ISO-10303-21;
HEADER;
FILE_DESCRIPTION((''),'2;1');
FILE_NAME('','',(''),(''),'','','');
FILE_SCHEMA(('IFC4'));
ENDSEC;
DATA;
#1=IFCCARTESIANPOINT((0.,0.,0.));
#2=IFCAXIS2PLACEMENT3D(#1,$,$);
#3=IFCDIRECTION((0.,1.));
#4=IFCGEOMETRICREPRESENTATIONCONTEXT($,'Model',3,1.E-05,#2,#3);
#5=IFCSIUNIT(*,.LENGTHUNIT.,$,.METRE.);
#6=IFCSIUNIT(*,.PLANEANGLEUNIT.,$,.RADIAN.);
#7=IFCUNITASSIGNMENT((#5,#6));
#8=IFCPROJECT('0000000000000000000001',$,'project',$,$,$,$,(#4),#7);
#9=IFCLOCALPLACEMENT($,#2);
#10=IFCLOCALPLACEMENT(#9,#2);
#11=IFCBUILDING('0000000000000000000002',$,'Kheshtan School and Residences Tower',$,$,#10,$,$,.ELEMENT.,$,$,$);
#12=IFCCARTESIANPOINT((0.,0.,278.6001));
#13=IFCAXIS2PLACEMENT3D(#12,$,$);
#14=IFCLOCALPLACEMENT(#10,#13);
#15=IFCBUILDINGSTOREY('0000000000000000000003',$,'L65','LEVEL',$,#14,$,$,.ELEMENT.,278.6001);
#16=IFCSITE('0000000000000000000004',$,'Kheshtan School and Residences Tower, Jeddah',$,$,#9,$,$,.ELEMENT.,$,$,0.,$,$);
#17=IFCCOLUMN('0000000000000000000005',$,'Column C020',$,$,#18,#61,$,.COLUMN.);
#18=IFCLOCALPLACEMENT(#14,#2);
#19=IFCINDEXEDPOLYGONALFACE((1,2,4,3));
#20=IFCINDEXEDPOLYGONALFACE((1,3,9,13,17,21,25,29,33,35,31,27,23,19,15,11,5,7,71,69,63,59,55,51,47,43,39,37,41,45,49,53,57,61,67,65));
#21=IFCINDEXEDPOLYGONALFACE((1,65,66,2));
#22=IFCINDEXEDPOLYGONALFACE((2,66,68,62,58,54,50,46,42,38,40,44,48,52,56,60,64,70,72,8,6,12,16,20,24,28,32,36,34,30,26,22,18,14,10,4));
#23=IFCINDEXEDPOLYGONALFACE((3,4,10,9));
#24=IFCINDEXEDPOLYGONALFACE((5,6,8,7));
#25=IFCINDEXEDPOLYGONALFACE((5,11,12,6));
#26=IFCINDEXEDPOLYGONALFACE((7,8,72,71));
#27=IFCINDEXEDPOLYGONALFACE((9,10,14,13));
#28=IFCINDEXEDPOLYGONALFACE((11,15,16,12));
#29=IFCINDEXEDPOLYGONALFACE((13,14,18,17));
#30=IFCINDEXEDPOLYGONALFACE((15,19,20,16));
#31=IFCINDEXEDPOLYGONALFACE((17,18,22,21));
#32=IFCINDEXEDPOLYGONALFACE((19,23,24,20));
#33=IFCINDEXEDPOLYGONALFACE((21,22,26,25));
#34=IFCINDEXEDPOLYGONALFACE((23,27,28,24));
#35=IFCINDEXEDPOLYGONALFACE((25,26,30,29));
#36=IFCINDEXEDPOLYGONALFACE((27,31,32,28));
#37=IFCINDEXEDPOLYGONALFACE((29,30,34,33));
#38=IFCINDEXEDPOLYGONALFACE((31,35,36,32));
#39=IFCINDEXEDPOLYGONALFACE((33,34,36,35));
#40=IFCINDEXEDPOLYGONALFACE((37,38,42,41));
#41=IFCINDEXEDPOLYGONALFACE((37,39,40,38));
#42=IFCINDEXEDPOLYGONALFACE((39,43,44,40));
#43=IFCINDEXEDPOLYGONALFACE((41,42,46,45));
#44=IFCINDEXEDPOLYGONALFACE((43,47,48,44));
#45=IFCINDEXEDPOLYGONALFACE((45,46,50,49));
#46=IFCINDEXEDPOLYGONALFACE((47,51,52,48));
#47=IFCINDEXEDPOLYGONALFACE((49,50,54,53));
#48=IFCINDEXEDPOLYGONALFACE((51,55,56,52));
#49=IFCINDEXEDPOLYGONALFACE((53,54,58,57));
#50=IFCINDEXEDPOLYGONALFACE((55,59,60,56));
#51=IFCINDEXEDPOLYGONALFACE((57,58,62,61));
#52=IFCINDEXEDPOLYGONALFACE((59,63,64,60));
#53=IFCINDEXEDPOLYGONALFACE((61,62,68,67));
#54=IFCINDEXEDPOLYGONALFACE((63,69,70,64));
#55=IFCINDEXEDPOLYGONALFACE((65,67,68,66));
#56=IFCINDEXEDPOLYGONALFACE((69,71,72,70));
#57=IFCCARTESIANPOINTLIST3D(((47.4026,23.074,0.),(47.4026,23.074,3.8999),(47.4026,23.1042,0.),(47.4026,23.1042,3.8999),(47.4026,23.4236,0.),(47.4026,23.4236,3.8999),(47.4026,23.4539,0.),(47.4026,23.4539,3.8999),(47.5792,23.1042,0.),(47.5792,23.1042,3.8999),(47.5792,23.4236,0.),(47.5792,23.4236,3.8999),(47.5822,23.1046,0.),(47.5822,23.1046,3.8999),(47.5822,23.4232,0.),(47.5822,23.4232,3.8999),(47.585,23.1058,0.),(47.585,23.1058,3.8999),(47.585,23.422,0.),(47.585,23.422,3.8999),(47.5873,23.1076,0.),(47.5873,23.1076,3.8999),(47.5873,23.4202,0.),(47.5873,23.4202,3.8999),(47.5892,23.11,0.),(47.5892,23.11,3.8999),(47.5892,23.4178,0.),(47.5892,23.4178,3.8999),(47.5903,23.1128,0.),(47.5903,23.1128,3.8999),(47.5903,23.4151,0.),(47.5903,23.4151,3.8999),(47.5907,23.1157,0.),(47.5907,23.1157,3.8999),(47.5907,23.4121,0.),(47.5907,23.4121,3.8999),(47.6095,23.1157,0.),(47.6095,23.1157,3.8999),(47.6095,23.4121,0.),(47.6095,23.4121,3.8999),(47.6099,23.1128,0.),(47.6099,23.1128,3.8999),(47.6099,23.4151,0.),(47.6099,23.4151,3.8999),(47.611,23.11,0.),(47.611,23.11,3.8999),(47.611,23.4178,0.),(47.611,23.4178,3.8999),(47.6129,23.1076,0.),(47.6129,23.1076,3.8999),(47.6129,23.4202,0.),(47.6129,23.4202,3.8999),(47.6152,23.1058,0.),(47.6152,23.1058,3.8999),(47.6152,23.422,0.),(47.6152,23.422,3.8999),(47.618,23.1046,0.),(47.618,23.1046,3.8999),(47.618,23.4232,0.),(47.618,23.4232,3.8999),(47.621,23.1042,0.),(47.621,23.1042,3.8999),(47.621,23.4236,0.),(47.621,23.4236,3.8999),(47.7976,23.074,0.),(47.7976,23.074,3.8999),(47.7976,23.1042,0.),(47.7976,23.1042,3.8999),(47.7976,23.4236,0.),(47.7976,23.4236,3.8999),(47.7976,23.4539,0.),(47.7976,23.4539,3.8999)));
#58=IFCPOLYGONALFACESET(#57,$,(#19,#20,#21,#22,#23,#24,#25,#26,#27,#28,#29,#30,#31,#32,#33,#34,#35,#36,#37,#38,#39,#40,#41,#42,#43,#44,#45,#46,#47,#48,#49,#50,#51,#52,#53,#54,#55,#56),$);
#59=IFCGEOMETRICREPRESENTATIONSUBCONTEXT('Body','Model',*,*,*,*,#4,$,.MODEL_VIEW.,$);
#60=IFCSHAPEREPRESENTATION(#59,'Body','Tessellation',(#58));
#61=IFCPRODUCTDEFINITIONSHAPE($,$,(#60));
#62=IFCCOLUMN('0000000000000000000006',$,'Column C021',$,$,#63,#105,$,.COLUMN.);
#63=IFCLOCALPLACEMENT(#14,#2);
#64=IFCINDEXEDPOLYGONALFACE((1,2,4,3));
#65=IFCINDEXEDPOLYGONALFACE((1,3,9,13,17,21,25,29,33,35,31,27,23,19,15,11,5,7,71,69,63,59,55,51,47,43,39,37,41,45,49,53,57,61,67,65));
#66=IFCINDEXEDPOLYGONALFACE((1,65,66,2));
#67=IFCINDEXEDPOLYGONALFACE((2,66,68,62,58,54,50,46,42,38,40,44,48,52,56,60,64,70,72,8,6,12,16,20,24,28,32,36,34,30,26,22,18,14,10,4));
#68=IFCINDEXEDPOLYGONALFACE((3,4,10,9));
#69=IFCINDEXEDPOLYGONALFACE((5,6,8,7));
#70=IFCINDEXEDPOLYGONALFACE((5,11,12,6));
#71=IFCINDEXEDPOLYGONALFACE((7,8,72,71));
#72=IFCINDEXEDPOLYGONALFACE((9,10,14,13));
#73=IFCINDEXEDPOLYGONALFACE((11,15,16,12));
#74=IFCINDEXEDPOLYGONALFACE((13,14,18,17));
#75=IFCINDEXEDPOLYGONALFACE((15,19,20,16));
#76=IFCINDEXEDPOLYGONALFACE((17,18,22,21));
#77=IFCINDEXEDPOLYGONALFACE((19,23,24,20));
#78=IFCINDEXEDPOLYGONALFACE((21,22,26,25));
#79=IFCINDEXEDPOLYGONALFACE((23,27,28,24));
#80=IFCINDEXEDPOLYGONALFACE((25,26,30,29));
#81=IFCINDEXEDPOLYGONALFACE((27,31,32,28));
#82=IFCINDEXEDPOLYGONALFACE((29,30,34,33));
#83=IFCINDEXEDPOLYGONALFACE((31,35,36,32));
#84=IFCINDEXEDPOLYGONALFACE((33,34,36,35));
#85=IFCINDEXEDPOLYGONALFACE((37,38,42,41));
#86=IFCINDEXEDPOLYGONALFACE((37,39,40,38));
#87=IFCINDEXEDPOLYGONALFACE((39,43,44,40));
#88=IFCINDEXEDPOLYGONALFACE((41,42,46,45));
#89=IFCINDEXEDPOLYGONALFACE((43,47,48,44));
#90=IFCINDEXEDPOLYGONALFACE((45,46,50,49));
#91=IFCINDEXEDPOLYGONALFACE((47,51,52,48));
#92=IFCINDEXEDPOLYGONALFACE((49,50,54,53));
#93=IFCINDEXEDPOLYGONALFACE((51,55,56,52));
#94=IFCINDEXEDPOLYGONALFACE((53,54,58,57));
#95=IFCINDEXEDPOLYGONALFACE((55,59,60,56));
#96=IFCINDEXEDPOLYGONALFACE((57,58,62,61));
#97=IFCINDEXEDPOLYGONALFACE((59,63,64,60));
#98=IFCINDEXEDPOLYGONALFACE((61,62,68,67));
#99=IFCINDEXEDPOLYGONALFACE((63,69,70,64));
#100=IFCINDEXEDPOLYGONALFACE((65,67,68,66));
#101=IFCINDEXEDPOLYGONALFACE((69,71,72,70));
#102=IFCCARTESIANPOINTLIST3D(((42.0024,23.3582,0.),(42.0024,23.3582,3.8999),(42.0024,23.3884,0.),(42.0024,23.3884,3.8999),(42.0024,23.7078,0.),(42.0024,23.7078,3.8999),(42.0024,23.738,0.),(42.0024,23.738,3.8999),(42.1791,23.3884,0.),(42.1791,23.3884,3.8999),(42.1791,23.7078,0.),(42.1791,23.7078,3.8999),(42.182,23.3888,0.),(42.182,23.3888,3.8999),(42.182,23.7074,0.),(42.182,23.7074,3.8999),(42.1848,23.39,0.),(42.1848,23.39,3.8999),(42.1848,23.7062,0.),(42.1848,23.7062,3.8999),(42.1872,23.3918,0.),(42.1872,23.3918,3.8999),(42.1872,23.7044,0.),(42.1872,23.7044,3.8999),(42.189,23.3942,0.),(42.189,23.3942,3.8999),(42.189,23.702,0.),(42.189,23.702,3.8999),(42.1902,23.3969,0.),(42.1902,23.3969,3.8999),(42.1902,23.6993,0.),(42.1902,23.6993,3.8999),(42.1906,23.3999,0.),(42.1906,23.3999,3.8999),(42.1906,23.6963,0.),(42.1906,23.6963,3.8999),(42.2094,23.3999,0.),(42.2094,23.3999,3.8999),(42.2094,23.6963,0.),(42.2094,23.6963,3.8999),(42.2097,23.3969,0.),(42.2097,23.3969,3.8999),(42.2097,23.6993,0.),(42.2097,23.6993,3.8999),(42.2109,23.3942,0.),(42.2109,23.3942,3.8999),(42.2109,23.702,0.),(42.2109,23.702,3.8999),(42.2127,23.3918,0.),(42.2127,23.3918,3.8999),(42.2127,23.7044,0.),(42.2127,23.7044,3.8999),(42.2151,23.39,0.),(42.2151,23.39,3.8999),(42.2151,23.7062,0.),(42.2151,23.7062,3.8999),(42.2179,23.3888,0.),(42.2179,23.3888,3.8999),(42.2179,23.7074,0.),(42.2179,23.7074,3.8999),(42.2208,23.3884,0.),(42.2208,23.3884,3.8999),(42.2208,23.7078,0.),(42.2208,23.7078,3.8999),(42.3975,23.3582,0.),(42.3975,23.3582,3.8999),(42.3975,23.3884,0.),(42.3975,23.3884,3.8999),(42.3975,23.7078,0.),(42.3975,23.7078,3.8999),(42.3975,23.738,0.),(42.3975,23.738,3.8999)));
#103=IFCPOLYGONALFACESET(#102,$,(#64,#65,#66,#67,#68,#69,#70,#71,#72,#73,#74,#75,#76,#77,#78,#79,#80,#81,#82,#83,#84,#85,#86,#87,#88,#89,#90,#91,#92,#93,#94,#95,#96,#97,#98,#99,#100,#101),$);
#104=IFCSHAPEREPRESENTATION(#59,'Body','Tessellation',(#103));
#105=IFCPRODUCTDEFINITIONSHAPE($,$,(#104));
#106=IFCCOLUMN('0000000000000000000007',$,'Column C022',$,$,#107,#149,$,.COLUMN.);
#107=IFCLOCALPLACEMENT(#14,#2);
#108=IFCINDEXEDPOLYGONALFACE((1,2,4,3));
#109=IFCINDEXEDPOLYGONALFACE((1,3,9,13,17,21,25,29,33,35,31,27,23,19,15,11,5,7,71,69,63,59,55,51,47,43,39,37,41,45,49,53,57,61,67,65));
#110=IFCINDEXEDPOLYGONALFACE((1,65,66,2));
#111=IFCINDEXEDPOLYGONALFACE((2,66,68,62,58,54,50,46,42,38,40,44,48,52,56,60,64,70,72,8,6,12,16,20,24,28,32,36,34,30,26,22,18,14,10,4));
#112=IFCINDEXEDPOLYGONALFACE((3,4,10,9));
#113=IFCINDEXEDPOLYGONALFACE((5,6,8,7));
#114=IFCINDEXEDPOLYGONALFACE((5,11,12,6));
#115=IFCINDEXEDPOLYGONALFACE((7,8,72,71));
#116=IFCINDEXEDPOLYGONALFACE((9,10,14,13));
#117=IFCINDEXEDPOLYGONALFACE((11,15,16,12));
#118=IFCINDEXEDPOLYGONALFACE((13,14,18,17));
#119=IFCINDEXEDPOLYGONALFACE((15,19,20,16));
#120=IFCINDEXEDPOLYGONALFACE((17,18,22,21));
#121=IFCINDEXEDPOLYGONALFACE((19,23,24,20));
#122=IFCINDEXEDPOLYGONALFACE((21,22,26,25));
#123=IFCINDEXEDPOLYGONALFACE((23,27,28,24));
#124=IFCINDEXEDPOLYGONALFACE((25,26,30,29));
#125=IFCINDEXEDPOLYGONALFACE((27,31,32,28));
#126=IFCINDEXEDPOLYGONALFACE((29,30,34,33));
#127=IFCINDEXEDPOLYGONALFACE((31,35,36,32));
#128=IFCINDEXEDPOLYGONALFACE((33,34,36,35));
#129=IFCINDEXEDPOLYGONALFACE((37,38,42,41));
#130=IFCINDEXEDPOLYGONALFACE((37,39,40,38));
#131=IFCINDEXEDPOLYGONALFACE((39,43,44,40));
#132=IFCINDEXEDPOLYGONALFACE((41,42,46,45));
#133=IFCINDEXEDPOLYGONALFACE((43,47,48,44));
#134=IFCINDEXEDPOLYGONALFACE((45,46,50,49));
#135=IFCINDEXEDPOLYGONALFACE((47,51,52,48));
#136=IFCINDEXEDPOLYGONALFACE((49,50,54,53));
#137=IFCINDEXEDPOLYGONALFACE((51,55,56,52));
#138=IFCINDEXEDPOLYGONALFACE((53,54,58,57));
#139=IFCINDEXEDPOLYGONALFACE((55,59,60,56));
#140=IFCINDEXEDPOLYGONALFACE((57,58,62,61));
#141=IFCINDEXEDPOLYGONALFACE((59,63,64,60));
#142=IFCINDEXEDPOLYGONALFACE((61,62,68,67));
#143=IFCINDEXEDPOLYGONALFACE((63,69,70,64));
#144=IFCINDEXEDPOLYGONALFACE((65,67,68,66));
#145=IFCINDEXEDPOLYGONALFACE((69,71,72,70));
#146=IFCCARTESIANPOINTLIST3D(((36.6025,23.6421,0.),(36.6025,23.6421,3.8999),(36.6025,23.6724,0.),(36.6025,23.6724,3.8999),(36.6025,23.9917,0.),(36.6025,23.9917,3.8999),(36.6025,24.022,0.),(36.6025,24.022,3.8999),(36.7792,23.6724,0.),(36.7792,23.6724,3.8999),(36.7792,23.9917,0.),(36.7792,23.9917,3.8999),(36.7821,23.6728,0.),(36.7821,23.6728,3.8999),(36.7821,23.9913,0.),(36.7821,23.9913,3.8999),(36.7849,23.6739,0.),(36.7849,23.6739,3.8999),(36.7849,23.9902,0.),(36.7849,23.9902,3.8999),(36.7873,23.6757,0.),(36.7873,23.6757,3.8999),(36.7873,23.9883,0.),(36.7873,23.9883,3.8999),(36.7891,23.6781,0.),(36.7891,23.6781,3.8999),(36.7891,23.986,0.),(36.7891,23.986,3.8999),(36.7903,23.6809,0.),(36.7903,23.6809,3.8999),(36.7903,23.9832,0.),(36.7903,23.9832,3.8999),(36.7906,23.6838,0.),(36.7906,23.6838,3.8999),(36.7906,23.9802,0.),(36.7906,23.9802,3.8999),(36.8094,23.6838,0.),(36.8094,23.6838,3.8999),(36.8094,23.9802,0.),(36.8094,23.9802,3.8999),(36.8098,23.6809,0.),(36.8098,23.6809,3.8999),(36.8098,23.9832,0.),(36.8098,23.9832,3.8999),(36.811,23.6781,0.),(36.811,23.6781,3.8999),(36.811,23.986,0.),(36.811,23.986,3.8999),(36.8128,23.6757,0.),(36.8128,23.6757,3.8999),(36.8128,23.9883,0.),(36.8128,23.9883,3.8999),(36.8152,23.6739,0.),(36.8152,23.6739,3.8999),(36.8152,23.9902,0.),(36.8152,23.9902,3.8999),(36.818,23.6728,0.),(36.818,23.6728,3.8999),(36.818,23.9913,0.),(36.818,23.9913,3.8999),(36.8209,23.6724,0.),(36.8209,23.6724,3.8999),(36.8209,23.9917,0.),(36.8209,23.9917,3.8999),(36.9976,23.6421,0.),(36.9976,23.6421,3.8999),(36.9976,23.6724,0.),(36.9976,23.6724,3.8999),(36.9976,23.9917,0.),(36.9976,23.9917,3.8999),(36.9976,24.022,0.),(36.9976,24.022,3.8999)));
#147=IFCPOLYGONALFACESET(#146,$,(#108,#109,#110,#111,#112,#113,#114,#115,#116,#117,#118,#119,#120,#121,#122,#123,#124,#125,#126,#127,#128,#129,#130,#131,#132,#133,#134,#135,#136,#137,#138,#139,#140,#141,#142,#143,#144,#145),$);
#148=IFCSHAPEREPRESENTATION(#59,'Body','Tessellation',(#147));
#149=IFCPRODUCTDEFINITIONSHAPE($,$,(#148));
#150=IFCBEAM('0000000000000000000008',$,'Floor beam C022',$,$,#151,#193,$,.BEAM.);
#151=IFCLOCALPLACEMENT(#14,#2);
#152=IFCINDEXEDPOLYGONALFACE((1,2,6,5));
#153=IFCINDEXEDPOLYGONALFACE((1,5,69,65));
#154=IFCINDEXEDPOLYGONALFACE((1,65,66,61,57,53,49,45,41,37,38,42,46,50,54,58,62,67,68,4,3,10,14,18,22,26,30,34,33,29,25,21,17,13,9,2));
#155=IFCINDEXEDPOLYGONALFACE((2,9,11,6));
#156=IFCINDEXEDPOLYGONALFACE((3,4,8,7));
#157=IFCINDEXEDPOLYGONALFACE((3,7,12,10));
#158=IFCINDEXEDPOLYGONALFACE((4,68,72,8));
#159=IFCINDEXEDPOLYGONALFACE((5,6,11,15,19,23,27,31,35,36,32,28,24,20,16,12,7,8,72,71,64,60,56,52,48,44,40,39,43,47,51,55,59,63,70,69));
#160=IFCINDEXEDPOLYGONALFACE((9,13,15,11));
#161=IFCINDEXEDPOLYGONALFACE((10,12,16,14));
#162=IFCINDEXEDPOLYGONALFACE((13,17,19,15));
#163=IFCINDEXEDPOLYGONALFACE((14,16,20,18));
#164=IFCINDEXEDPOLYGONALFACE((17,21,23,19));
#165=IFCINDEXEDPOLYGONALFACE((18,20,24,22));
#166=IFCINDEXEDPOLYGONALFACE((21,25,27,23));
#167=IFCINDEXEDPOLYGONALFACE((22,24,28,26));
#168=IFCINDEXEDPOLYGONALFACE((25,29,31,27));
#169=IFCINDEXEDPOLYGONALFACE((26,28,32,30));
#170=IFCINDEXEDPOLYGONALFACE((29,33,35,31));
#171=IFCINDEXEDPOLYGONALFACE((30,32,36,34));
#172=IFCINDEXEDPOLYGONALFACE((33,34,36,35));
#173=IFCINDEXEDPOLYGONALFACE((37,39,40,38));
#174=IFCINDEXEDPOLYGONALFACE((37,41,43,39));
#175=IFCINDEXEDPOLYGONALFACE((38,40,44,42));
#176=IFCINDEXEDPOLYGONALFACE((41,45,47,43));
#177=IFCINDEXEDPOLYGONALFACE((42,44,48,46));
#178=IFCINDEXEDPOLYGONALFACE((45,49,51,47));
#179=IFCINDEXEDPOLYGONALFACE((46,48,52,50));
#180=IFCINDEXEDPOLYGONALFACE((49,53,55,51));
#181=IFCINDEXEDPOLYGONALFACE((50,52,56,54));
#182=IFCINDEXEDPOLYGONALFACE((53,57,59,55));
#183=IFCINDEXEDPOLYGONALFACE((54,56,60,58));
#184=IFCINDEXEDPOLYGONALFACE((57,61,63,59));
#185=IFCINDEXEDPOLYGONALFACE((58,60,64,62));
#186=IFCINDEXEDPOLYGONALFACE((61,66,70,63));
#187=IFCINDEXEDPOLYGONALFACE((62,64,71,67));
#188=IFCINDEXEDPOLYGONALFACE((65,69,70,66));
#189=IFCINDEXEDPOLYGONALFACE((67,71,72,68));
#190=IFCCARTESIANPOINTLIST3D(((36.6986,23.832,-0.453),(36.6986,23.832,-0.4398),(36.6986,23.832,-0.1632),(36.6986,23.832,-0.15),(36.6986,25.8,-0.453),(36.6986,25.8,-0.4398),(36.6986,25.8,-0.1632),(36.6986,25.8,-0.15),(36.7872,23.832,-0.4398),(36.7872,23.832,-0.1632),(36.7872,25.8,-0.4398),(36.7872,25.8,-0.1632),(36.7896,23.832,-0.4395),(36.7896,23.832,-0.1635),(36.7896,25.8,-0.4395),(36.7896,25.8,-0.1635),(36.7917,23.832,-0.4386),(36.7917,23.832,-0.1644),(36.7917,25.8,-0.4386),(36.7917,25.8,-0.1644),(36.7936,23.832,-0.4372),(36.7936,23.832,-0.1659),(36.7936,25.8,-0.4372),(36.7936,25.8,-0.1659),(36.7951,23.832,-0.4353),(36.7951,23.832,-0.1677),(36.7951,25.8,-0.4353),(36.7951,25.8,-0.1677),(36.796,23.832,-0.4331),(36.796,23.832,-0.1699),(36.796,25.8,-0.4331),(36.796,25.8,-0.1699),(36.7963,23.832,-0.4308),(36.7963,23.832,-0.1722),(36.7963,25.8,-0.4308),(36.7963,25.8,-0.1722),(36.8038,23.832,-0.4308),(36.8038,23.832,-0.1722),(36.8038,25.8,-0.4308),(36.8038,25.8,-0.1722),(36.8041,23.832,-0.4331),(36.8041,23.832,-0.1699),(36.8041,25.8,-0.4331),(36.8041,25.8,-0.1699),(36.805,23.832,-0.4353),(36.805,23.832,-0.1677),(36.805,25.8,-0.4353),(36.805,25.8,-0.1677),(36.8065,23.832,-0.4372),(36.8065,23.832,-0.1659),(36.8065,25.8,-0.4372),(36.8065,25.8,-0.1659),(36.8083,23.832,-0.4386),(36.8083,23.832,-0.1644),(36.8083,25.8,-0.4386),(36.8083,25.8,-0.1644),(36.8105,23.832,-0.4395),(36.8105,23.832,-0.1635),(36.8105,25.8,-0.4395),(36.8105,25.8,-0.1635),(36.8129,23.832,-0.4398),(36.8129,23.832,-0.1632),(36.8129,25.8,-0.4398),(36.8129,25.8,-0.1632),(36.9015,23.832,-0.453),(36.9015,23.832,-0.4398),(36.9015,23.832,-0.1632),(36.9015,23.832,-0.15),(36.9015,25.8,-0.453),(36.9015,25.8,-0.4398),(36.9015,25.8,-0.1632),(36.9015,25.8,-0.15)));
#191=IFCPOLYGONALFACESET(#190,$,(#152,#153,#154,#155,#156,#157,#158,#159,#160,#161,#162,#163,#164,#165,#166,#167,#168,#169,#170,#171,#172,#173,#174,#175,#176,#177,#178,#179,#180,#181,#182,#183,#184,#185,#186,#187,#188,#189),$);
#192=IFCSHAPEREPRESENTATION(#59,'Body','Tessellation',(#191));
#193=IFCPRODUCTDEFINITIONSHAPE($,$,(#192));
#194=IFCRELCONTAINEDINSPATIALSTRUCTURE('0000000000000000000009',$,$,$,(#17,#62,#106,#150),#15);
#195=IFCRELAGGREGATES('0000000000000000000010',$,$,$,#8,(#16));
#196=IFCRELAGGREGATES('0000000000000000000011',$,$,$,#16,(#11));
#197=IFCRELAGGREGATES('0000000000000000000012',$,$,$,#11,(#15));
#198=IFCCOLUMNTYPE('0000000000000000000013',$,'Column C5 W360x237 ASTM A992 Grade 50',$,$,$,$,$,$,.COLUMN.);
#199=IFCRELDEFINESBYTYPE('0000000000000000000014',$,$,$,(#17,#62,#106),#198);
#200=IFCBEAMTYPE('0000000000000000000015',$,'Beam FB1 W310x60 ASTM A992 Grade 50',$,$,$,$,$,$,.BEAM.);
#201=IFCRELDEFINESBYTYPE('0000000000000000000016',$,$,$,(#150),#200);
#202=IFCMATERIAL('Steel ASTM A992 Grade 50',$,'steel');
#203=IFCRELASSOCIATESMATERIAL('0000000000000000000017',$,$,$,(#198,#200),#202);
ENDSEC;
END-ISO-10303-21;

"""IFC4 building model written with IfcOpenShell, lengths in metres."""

from ifc_helpers import new_model, si_unit, direction, frame, origin, origin_2d, place, context, subcontext, project, spatial, i_section, extrude, material, material_profile, profile_set, type_object, element, save


model = new_model("IFC4")

# Units and contexts
model_context = context("Model", 3, precision=1e-05, world=origin(), true_north=direction((0.0, 1.0)))
body_context = subcontext(model_context, "Body", "Model", "MODEL_VIEW")
ifc_project = project(units=[si_unit("LENGTHUNIT", "METRE"), si_unit("PLANEANGLEUNIT", "RADIAN")], contexts=[model_context])

# Site, building, storey
site_placement = place(None, origin())
site = spatial("IfcSite", under=ifc_project, at=site_placement, Name="Kheshtan School and Residences Tower, Jeddah", CompositionType="ELEMENT", RefElevation=0.0)
building_placement = place(site_placement, origin())
building = spatial("IfcBuilding", under=site, at=building_placement, Name="Kheshtan School and Residences Tower", CompositionType="ELEMENT")
storey_placement = place(building_placement, frame((0.0, 0.0, 278.6001)))
storey = spatial("IfcBuildingStorey", under=building, at=storey_placement, Name="L65", Description="LEVEL", CompositionType="ELEMENT", Elevation=278.6001)

# Columns
ifc_material_1 = material(Name="Steel ASTM A992 Grade 50", Category="steel")
ifc_material_profile_1 = material_profile(ifc_material_1, i_section(OverallWidth=0.395, OverallDepth=0.3799, WebThickness=0.0188, FlangeThickness=0.0303, FilletRadius=0.0115, at=origin_2d()), Name="W360x237")
ifc_profile_set_1 = profile_set([ifc_material_profile_1], Name="Steel ASTM A992 Grade 50")
column_type = type_object("IfcColumnType", Name="Column C5 W360x237 ASTM A992 Grade 50", PredefinedType="COLUMN", material=ifc_profile_set_1)
for number, where, z_axis, x_axis, name in (
    (1, (47.6001, 23.2639, 0.0), (0.0, 0.0, 1.0), (1.0, 0.0, 0.0), "Column C020"),
    (2, (42.2, 23.5481, 0.0), (0.0, 0.0, 1.0), (1.0, 0.0, 0.0), "Column C021"),
    (3, (36.8, 23.832, 0.0), (0.0, 0.0, 1.0), (1.0, 0.0, 0.0), "Column C022"),
):
    element("IfcColumn", number, at=place(storey_placement, frame(where, z_axis=z_axis, x_axis=x_axis)), inside=storey, type_object=column_type, Name=name, PredefinedType="COLUMN", context=body_context, shape_type="SweptSolid", body=[
        extrude(i_section(OverallWidth=0.395, OverallDepth=0.3799, WebThickness=0.0188, FlangeThickness=0.0303, FilletRadius=0.0115, at=origin_2d()), origin(), (0.0, 0.0, 1.0), 3.8999),
    ])

# Beam
ifc_material_profile_2 = material_profile(ifc_material_1, i_section(OverallWidth=0.2029, OverallDepth=0.303, WebThickness=0.0076, FlangeThickness=0.0132, FilletRadius=0.009, at=origin_2d()), Name="W310x60")
ifc_profile_set_2 = profile_set([ifc_material_profile_2], Name="Steel ASTM A992 Grade 50")
beam_type_1 = type_object("IfcBeamType", Name="Beam FB1 W310x60 ASTM A992 Grade 50", PredefinedType="BEAM", material=ifc_profile_set_2)
beam_1_placement = place(storey_placement, frame((36.8, 23.832, -0.3015), z_axis=(0.0, 1.0, 0.0), x_axis=(-1.0, 0.0, 0.0)))
element("IfcBeam", 4, at=beam_1_placement, inside=storey, type_object=beam_type_1, Name="Floor beam C022", PredefinedType="BEAM", context=body_context, shape_type="SweptSolid", body=[
    extrude(i_section(OverallWidth=0.2029, OverallDepth=0.303, WebThickness=0.0076, FlangeThickness=0.0132, FilletRadius=0.009, at=origin_2d()), origin(), (0.0, 0.0, 1.0), 1.968),
])

save(model, "model.ifc")
